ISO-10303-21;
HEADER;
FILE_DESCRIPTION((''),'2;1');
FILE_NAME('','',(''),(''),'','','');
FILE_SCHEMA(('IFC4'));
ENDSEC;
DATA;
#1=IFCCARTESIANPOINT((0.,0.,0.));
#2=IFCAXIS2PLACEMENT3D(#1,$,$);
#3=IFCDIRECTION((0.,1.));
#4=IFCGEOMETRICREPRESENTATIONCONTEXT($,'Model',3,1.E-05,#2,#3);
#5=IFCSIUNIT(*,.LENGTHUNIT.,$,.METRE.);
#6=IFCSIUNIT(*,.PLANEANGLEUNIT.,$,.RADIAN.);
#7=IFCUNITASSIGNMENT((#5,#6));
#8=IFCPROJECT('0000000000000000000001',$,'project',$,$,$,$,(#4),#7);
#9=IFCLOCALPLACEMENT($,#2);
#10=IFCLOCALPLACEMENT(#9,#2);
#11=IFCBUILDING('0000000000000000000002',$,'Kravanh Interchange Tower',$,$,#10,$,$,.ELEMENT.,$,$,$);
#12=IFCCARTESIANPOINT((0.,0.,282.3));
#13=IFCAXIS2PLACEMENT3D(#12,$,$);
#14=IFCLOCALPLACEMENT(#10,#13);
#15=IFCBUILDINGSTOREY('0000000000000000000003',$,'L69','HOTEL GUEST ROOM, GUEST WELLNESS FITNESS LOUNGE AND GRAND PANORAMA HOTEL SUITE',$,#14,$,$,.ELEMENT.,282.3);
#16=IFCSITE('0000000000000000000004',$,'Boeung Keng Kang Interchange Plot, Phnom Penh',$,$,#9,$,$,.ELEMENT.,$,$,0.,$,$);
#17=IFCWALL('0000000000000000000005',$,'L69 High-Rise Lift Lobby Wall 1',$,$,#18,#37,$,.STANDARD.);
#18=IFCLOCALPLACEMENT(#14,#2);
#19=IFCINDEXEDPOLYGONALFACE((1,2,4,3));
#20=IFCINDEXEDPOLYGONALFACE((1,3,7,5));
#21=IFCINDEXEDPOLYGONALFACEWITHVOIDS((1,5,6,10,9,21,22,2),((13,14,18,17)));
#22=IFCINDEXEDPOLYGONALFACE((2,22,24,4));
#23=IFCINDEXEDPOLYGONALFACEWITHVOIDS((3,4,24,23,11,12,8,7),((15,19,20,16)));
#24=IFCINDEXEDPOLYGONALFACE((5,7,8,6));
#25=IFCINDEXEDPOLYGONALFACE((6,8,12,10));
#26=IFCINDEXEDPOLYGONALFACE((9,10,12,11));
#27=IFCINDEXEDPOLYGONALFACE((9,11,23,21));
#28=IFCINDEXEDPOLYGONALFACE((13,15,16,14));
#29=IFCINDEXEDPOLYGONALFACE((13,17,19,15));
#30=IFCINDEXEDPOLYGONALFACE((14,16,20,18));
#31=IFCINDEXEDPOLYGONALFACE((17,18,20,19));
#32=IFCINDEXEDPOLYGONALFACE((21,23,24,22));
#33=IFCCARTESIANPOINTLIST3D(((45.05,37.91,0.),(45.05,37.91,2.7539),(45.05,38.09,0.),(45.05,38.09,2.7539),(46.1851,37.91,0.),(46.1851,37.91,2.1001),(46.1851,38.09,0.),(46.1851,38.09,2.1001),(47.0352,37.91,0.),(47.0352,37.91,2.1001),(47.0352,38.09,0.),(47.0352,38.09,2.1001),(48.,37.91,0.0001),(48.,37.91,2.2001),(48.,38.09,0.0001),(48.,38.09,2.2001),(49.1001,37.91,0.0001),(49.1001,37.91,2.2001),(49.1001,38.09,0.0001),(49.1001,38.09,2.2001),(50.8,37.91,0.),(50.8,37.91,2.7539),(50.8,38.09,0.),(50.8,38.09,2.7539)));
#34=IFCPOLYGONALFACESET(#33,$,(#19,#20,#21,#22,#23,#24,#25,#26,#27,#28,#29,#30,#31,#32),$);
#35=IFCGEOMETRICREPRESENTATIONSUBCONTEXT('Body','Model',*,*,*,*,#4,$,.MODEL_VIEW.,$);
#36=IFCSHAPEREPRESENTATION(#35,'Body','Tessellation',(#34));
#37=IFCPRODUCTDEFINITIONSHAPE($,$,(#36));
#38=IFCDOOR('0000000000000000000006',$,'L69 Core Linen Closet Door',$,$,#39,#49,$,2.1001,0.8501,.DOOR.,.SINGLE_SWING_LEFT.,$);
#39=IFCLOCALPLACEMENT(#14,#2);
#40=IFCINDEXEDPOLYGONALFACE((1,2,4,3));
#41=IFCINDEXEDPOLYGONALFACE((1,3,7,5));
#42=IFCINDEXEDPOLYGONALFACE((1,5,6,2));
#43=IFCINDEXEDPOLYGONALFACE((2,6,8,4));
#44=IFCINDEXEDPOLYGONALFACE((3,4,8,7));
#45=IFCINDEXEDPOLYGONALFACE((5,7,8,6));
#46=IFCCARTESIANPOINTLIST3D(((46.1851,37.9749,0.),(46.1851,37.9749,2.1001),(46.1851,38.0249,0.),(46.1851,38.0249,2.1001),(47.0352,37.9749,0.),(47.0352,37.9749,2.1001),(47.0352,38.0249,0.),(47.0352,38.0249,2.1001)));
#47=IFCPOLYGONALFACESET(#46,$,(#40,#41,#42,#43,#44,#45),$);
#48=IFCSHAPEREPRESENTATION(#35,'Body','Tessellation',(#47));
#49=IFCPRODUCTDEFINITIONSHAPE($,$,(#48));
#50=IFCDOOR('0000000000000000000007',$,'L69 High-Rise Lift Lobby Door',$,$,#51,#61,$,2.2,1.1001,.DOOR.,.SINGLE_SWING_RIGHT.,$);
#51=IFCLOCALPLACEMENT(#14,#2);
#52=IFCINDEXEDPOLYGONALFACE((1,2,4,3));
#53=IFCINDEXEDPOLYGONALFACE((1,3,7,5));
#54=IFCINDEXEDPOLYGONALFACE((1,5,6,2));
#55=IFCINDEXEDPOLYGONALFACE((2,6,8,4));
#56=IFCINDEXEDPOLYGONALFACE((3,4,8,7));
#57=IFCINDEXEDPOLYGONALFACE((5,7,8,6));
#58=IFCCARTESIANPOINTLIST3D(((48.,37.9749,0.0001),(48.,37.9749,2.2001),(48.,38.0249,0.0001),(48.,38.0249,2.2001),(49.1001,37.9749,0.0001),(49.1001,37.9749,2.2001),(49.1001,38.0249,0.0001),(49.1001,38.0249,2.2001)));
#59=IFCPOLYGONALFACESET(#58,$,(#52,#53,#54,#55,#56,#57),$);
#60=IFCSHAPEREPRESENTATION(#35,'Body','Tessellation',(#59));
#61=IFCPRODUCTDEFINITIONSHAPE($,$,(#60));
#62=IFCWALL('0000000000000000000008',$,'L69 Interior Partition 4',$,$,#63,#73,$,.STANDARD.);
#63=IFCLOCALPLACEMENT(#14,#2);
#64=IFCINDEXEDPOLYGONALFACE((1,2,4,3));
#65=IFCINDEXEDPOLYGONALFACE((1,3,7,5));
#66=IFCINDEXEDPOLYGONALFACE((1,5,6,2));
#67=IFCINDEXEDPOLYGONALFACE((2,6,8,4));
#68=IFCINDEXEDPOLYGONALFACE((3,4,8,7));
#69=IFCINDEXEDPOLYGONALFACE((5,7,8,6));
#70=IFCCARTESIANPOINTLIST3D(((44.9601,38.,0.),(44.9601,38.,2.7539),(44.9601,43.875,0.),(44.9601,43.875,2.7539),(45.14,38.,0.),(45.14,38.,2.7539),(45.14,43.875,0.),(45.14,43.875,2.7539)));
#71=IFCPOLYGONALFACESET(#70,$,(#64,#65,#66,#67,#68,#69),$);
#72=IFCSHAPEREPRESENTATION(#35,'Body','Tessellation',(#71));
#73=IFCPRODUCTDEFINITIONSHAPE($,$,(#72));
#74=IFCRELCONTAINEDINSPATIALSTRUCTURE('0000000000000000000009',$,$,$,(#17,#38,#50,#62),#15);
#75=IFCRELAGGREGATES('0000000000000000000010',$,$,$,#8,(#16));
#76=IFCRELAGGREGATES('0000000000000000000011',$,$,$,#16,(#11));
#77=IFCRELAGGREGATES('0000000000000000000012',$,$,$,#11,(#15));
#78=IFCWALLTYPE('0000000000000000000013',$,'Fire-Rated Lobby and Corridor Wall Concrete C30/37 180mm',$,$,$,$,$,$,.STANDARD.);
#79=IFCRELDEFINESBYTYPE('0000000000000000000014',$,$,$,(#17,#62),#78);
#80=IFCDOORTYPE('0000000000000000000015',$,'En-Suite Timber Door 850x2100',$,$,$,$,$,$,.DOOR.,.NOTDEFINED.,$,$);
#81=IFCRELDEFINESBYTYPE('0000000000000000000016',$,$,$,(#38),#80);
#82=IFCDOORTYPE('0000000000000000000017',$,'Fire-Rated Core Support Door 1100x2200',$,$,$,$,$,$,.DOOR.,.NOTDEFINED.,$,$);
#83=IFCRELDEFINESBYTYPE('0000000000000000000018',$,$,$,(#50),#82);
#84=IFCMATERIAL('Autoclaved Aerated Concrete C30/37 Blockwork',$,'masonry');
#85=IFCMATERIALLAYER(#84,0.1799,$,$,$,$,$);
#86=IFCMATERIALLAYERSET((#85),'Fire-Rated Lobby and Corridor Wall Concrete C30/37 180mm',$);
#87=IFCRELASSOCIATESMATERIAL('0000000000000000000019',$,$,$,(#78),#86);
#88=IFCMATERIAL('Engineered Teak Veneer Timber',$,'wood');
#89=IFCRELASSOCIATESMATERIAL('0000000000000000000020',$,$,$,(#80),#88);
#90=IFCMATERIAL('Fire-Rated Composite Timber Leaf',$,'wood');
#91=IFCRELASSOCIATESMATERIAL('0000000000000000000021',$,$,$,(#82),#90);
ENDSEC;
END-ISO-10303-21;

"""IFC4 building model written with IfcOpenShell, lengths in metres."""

from ifc_helpers import new_model, si_unit, direction, frame, frame_2d, origin, place, context, subcontext, project, spatial, rectangle, extrude, material, layer, layer_set, type_object, element, fill, save


model = new_model("IFC4")

# Units and contexts
model_context = context("Model", 3, precision=1e-05, world=origin(), true_north=direction((0.0, 1.0)))
body_context = subcontext(model_context, "Body", "Model", "MODEL_VIEW")
ifc_project = project(units=[si_unit("LENGTHUNIT", "METRE"), si_unit("PLANEANGLEUNIT", "RADIAN")], contexts=[model_context])

# Site, building, storey
site_placement = place(None, origin())
site = spatial("IfcSite", under=ifc_project, at=site_placement, Name="Boeung Keng Kang Interchange Plot, Phnom Penh", CompositionType="ELEMENT", RefElevation=0.0)
building_placement = place(site_placement, origin())
building = spatial("IfcBuilding", under=site, at=building_placement, Name="Kravanh Interchange Tower", CompositionType="ELEMENT")
storey_placement = place(building_placement, frame((0.0, 0.0, 282.3)))
storey = spatial("IfcBuildingStorey", under=building, at=storey_placement, Name="L69", Description="HOTEL GUEST ROOM, GUEST WELLNESS FITNESS LOUNGE AND GRAND PANORAMA HOTEL SUITE", CompositionType="ELEMENT", Elevation=282.3)

# Wall, openings, doors
ifc_material_1 = material(Name="Autoclaved Aerated Concrete C30/37 Blockwork", Category="masonry")
ifc_layer_1 = layer(ifc_material_1, 0.1799)
ifc_layer_set_1 = layer_set([ifc_layer_1], Name="Fire-Rated Lobby and Corridor Wall Concrete C30/37 180mm")
wall_type_1 = type_object("IfcWallType", Name="Fire-Rated Lobby and Corridor Wall Concrete C30/37 180mm", PredefinedType="STANDARD", material=ifc_layer_set_1)
wall_1_placement = place(storey_placement, frame((45.05, 38.0, 0.0), z_axis=(0.0, 0.0, 1.0), x_axis=(1.0, 0.0, 0.0)))
wall_1 = element("IfcWall", 1, at=wall_1_placement, inside=storey, type_object=wall_type_1, Name="L69 High-Rise Lift Lobby Wall 1", PredefinedType="STANDARD", context=body_context, shape_type="SweptSolid", body=[
    extrude(rectangle(XDim=5.75, YDim=0.1799, at=frame_2d((2.875, 0.0))), origin(), (0.0, 0.0, 1.0), 2.7539),
])
opening_1_placement = place(wall_1_placement, frame((1.135, 0.0, 0.0)))
opening_1 = element("IfcOpeningElement", 2, at=opening_1_placement, cuts=wall_1, PredefinedType="OPENING", context=body_context, shape_type="SweptSolid", body=[
    extrude(rectangle(XDim=0.8501, YDim=2.1001, at=frame_2d((0.425, 1.05))), frame((0.0, 0.1001, 0.0), z_axis=(0.0, -1.0, 0.0), x_axis=(1.0, 0.0, 0.0)), (0.0, 0.0, 1.0), 0.2),
])
opening_2_placement = place(wall_1_placement, frame((2.95, 0.0, 0.0)))
opening_2 = element("IfcOpeningElement", 3, at=opening_2_placement, cuts=wall_1, PredefinedType="OPENING", context=body_context, shape_type="SweptSolid", body=[
    extrude(rectangle(XDim=1.1001, YDim=2.2, at=frame_2d((0.55, 1.1001))), frame((0.0, 0.1001, 0.0), z_axis=(0.0, -1.0, 0.0), x_axis=(1.0, 0.0, 0.0)), (0.0, 0.0, 1.0), 0.2),
])
ifc_material_2 = material(Name="Engineered Teak Veneer Timber", Category="wood")
door_type_1 = type_object("IfcDoorType", Name="En-Suite Timber Door 850x2100", OperationType="NOTDEFINED", PredefinedType="DOOR", material=ifc_material_2)
door_1_placement = place(opening_1_placement, origin())
door_1 = element("IfcDoor", 4, at=door_1_placement, inside=storey, type_object=door_type_1, Name="L69 Core Linen Closet Door", OperationType="SINGLE_SWING_LEFT", OverallHeight=2.1001, OverallWidth=0.8501, PredefinedType="DOOR", context=body_context, shape_type="SweptSolid", body=[
    extrude(rectangle(XDim=0.8501, YDim=2.1001, at=frame_2d((0.425, 1.05))), frame((0.0, 0.0249, 0.0), z_axis=(0.0, -1.0, 0.0), x_axis=(1.0, 0.0, 0.0)), (0.0, 0.0, 1.0), 0.05),
])
fill(opening_1, door_1)
ifc_material_3 = material(Name="Fire-Rated Composite Timber Leaf", Category="wood")
door_type_2 = type_object("IfcDoorType", Name="Fire-Rated Core Support Door 1100x2200", OperationType="NOTDEFINED", PredefinedType="DOOR", material=ifc_material_3)
door_2_placement = place(opening_2_placement, origin())
door_2 = element("IfcDoor", 5, at=door_2_placement, inside=storey, type_object=door_type_2, Name="L69 High-Rise Lift Lobby Door", OperationType="SINGLE_SWING_RIGHT", OverallHeight=2.2, OverallWidth=1.1001, PredefinedType="DOOR", context=body_context, shape_type="SweptSolid", body=[
    extrude(rectangle(XDim=1.1001, YDim=2.2, at=frame_2d((0.55, 1.1001))), frame((0.0, 0.0249, 0.0), z_axis=(0.0, -1.0, 0.0), x_axis=(1.0, 0.0, 0.0)), (0.0, 0.0, 1.0), 0.05),
])
fill(opening_2, door_2)

# Wall
wall_2_placement = place(storey_placement, frame((45.05, 38.0, 0.0), z_axis=(0.0, 0.0, 1.0), x_axis=(0.0, 1.0, 0.0)))
element("IfcWall", 6, at=wall_2_placement, inside=storey, type_object=wall_type_1, Name="L69 Interior Partition 4", PredefinedType="STANDARD", context=body_context, shape_type="SweptSolid", body=[
    extrude(rectangle(XDim=5.875, YDim=0.1799, at=frame_2d((2.9375, 0.0))), origin(), (0.0, 0.0, 1.0), 2.7539),
])

save(model, "model.ifc")
